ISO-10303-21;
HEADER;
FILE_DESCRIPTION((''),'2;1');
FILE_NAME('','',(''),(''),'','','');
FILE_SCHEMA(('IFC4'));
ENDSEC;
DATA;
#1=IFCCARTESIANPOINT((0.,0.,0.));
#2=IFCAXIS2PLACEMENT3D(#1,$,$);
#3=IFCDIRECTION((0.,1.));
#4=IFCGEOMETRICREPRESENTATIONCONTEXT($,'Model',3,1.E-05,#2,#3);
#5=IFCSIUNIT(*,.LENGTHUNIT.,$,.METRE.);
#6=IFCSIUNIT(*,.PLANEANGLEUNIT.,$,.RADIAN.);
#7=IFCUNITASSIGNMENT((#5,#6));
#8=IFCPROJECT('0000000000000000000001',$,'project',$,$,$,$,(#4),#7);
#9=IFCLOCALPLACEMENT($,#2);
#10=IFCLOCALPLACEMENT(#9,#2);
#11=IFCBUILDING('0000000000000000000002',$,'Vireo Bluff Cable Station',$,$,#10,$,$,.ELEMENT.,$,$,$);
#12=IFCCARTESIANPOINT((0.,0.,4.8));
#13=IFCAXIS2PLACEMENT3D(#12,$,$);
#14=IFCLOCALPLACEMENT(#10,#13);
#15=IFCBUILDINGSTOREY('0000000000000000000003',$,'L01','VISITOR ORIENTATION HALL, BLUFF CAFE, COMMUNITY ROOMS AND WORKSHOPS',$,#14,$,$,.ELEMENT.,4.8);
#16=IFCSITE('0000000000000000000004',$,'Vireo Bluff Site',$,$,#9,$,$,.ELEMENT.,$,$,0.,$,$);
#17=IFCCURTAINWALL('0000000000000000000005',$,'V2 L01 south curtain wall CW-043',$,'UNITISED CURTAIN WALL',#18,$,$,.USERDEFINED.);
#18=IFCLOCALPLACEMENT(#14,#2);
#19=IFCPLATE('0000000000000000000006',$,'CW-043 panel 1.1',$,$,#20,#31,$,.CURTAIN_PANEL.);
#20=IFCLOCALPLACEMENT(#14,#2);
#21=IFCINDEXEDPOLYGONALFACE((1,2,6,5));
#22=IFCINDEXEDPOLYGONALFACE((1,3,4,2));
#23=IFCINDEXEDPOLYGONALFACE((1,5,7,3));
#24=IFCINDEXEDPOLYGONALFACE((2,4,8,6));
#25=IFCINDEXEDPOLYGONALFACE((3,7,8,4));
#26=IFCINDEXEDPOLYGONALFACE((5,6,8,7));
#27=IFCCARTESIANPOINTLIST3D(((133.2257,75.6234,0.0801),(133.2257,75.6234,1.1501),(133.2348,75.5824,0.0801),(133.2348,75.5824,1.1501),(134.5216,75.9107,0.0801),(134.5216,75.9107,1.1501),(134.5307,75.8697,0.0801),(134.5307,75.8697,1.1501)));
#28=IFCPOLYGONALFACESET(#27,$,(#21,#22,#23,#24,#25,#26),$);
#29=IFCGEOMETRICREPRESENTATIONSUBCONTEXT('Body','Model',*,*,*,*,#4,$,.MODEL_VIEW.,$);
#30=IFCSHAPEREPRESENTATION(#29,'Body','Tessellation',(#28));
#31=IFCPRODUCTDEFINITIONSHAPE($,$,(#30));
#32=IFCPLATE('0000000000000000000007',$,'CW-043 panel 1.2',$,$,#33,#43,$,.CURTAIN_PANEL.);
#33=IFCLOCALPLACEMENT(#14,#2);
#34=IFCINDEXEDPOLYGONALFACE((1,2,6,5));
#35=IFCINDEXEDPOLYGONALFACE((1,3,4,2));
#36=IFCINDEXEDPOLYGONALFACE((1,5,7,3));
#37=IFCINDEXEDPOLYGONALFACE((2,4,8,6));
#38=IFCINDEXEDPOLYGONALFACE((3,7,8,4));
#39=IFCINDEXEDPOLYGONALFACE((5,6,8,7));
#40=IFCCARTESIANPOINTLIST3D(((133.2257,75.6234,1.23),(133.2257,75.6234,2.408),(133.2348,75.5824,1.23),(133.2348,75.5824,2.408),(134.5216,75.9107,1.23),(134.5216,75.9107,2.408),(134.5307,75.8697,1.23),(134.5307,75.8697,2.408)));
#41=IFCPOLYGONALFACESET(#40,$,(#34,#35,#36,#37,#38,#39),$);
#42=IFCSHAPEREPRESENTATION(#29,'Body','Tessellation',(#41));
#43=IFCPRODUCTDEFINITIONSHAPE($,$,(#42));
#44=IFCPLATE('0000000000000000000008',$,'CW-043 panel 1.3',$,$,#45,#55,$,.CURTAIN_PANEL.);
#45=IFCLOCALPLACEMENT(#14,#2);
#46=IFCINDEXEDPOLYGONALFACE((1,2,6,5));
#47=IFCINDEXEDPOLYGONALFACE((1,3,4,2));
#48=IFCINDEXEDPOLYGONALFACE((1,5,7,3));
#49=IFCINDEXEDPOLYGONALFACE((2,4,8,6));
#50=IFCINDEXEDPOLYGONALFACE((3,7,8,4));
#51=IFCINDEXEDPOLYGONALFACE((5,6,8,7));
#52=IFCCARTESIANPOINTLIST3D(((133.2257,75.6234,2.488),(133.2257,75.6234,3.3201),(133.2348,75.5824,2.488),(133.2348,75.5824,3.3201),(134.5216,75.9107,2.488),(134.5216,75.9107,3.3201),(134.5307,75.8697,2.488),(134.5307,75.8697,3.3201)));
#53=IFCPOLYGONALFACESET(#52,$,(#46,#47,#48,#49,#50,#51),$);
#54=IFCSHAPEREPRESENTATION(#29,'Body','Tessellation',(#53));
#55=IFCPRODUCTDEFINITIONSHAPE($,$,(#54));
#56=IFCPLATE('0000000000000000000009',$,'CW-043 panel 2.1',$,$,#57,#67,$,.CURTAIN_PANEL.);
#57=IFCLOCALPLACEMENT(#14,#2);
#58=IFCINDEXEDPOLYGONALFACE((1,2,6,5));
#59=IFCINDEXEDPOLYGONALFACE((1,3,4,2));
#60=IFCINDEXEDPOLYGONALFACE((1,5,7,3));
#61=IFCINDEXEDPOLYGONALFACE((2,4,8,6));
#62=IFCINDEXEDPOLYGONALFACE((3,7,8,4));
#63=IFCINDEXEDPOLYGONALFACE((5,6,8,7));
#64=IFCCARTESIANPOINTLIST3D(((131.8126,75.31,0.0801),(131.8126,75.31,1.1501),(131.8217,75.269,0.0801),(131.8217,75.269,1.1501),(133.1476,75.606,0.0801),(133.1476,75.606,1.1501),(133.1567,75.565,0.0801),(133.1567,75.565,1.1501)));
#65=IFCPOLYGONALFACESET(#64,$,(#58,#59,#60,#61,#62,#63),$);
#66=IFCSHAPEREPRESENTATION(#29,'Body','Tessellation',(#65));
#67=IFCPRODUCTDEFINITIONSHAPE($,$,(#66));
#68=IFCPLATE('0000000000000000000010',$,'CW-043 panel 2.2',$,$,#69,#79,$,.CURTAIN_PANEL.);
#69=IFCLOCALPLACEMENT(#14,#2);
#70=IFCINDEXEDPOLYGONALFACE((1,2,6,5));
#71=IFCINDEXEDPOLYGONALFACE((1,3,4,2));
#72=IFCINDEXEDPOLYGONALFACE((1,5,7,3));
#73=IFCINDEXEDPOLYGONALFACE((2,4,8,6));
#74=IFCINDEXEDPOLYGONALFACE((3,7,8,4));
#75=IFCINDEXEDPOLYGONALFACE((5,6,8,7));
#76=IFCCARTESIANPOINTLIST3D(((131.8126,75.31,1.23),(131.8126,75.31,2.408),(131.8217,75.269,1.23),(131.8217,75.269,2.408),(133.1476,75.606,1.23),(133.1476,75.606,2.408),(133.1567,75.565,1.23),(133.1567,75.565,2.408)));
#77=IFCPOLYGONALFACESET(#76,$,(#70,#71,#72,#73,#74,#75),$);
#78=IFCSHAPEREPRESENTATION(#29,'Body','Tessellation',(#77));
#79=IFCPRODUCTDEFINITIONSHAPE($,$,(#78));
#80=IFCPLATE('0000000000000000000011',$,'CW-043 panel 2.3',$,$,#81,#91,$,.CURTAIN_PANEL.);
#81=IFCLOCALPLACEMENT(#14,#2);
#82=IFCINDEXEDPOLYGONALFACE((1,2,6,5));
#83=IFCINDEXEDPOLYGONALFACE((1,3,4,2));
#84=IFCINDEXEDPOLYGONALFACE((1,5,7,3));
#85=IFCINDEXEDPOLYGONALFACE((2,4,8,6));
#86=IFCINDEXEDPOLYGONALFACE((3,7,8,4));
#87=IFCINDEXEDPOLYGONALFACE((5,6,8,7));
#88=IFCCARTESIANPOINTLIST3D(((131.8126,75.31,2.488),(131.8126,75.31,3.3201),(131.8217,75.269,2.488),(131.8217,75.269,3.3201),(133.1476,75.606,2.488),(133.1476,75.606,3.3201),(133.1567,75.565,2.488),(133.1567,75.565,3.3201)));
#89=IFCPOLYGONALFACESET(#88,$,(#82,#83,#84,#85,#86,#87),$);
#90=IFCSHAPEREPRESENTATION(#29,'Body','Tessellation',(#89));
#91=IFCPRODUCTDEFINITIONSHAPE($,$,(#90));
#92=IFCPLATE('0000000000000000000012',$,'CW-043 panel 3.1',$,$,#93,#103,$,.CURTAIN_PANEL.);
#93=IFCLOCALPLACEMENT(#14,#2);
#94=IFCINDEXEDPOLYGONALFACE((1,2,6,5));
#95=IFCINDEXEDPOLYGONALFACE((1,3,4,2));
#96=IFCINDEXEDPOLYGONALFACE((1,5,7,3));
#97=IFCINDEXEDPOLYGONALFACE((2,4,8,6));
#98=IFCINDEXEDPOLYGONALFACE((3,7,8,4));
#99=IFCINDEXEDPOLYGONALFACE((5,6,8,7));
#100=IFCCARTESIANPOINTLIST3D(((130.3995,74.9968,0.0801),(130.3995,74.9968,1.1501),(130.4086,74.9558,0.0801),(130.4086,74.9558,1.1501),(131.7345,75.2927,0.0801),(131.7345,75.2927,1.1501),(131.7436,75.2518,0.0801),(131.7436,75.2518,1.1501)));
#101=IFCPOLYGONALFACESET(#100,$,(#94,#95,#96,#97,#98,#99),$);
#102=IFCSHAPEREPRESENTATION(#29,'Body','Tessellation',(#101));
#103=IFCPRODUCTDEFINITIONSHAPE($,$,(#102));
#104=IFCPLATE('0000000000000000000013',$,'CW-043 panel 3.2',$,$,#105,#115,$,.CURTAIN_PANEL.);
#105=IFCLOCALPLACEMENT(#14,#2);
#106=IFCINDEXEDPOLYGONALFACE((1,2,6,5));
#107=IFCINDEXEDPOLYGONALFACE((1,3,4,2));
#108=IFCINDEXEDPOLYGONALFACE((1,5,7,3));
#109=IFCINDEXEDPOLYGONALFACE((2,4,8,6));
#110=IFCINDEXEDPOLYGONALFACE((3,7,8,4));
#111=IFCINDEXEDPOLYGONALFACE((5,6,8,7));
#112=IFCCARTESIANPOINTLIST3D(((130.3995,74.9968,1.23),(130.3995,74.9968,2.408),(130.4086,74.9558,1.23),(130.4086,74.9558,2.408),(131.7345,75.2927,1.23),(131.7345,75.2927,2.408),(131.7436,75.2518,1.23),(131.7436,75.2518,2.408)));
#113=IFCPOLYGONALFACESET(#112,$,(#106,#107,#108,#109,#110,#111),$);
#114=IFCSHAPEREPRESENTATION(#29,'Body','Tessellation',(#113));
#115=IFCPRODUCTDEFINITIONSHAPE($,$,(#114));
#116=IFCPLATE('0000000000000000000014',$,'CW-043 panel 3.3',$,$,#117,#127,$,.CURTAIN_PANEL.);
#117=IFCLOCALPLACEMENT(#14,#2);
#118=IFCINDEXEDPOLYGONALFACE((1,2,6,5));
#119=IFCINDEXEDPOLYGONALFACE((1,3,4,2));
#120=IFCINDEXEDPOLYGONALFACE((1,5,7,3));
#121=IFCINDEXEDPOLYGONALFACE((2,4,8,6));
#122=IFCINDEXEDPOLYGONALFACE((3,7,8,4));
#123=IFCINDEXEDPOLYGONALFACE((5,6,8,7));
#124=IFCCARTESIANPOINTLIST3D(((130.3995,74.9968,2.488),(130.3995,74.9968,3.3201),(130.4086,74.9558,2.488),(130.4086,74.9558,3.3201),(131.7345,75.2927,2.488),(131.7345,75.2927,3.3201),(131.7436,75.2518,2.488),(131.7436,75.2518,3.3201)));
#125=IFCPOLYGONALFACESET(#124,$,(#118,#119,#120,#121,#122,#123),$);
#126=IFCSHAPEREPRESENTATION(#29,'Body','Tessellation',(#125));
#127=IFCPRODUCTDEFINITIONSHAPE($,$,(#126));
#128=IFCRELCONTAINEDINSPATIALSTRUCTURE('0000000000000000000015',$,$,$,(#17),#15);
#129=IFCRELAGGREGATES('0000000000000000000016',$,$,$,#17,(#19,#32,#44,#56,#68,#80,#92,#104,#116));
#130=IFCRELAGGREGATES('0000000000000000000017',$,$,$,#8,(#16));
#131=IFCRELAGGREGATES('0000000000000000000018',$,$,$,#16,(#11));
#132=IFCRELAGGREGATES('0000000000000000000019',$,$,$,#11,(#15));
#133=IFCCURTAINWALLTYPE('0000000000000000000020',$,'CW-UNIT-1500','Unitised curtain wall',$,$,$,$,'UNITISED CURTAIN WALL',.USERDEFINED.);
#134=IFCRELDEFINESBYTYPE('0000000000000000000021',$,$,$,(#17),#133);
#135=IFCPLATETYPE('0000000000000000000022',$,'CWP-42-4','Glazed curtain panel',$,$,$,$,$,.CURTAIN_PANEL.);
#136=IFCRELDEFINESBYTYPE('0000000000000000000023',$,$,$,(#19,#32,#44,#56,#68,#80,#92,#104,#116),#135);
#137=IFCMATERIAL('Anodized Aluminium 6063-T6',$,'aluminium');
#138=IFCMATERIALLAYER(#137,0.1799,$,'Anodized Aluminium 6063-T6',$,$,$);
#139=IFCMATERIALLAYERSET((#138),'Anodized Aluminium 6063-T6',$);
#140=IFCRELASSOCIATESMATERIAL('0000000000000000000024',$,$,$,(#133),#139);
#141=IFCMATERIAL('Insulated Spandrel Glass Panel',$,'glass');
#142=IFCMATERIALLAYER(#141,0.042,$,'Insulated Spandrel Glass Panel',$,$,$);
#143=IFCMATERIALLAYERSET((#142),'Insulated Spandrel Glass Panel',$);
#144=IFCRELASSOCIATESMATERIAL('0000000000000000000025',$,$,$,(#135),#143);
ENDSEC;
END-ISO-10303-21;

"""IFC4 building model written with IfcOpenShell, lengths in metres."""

from ifc_helpers import new_model, si_unit, direction, frame, origin, origin_2d, place, context, subcontext, project, spatial, rectangle, extrude, material, layer, layer_set, type_object, element, aggregate, save


model = new_model("IFC4")

# Units and contexts
model_context = context("Model", 3, precision=1e-05, world=origin(), true_north=direction((0.0, 1.0)))
body_context = subcontext(model_context, "Body", "Model", "MODEL_VIEW")
ifc_project = project(units=[si_unit("LENGTHUNIT", "METRE"), si_unit("PLANEANGLEUNIT", "RADIAN")], contexts=[model_context])

# Site, building, storey
site_placement = place(None, origin())
site = spatial("IfcSite", under=ifc_project, at=site_placement, Name="Vireo Bluff Site", CompositionType="ELEMENT", RefElevation=0.0)
building_placement = place(site_placement, origin())
building = spatial("IfcBuilding", under=site, at=building_placement, Name="Vireo Bluff Cable Station", CompositionType="ELEMENT")
storey_placement = place(building_placement, frame((0.0, 0.0, 4.8)))
storey = spatial("IfcBuildingStorey", under=building, at=storey_placement, Name="L01", Description="VISITOR ORIENTATION HALL, BLUFF CAFE, COMMUNITY ROOMS AND WORKSHOPS", CompositionType="ELEMENT", Elevation=4.8)

# Curtain wall, plates
ifc_material_1 = material(Name="Anodized Aluminium 6063-T6", Category="aluminium")
ifc_layer_1 = layer(ifc_material_1, 0.1799, Name="Anodized Aluminium 6063-T6")
ifc_layer_set_1 = layer_set([ifc_layer_1], Name="Anodized Aluminium 6063-T6")
curtain_wall_type = type_object("IfcCurtainWallType", Name="CW-UNIT-1500", Description="Unitised curtain wall", ElementType="UNITISED CURTAIN WALL", PredefinedType="USERDEFINED", material=ifc_layer_set_1)
curtain_wall_placement = place(storey_placement, origin())
curtain_wall = element("IfcCurtainWall", 1, at=curtain_wall_placement, inside=storey, type_object=curtain_wall_type, Name="V2 L01 south curtain wall CW-043", ObjectType="UNITISED CURTAIN WALL", PredefinedType="USERDEFINED")
ifc_material_2 = material(Name="Insulated Spandrel Glass Panel", Category="glass")
ifc_layer_2 = layer(ifc_material_2, 0.042, Name="Insulated Spandrel Glass Panel")
ifc_layer_set_2 = layer_set([ifc_layer_2], Name="Insulated Spandrel Glass Panel")
plate_type = type_object("IfcPlateType", Name="CWP-42-4", Description="Glazed curtain panel", PredefinedType="CURTAIN_PANEL", material=ifc_layer_set_2)
plate_1_placement = place(storey_placement, frame((133.8782, 75.7466, 0.0801), z_axis=(0.0, 0.0, 1.0), x_axis=(-0.976296, -0.21644, 0.0)))
plate_1 = element("IfcPlate", 2, at=plate_1_placement, type_object=plate_type, Name="CW-043 panel 1.1", PredefinedType="CURTAIN_PANEL", context=body_context, shape_type="SweptSolid", body=[
    extrude(rectangle(XDim=1.3274, YDim=0.042, at=origin_2d()), origin(), (0.0, 0.0, 1.0), 1.0701),
])
plate_2_placement = place(storey_placement, frame((133.8782, 75.7466, 1.23), z_axis=(0.0, 0.0, 1.0), x_axis=(-0.976296, -0.21644, 0.0)))
plate_2 = element("IfcPlate", 3, at=plate_2_placement, type_object=plate_type, Name="CW-043 panel 1.2", PredefinedType="CURTAIN_PANEL", context=body_context, shape_type="SweptSolid", body=[
    extrude(rectangle(XDim=1.3274, YDim=0.042, at=origin_2d()), origin(), (0.0, 0.0, 1.0), 1.178),
])
plate_3_placement = place(storey_placement, frame((133.8782, 75.7466, 2.488), z_axis=(0.0, 0.0, 1.0), x_axis=(-0.976296, -0.21644, 0.0)))
plate_3 = element("IfcPlate", 4, at=plate_3_placement, type_object=plate_type, Name="CW-043 panel 1.3", PredefinedType="CURTAIN_PANEL", context=body_context, shape_type="SweptSolid", body=[
    extrude(rectangle(XDim=1.3274, YDim=0.042, at=origin_2d()), origin(), (0.0, 0.0, 1.0), 0.832),
])
plate_4_placement = place(storey_placement, frame((132.4846, 75.4375, 0.0801), z_axis=(0.0, 0.0, 1.0), x_axis=(-0.976296, -0.21644, 0.0)))
plate_4 = element("IfcPlate", 5, at=plate_4_placement, type_object=plate_type, Name="CW-043 panel 2.1", PredefinedType="CURTAIN_PANEL", context=body_context, shape_type="SweptSolid", body=[
    extrude(rectangle(XDim=1.3674, YDim=0.042, at=origin_2d()), origin(), (0.0, 0.0, 1.0), 1.0701),
])
plate_5_placement = place(storey_placement, frame((132.4846, 75.4375, 1.23), z_axis=(0.0, 0.0, 1.0), x_axis=(-0.976296, -0.21644, 0.0)))
plate_5 = element("IfcPlate", 6, at=plate_5_placement, type_object=plate_type, Name="CW-043 panel 2.2", PredefinedType="CURTAIN_PANEL", context=body_context, shape_type="SweptSolid", body=[
    extrude(rectangle(XDim=1.3674, YDim=0.042, at=origin_2d()), origin(), (0.0, 0.0, 1.0), 1.178),
])
plate_6_placement = place(storey_placement, frame((132.4846, 75.4375, 2.488), z_axis=(0.0, 0.0, 1.0), x_axis=(-0.976296, -0.21644, 0.0)))
plate_6 = element("IfcPlate", 7, at=plate_6_placement, type_object=plate_type, Name="CW-043 panel 2.3", PredefinedType="CURTAIN_PANEL", context=body_context, shape_type="SweptSolid", body=[
    extrude(rectangle(XDim=1.3674, YDim=0.042, at=origin_2d()), origin(), (0.0, 0.0, 1.0), 0.832),
])
plate_7_placement = place(storey_placement, frame((131.0715, 75.1243, 0.0801), z_axis=(0.0, 0.0, 1.0), x_axis=(-0.976296, -0.21644, 0.0)))
plate_7 = element("IfcPlate", 8, at=plate_7_placement, type_object=plate_type, Name="CW-043 panel 3.1", PredefinedType="CURTAIN_PANEL", context=body_context, shape_type="SweptSolid", body=[
    extrude(rectangle(XDim=1.3674, YDim=0.042, at=origin_2d()), origin(), (0.0, 0.0, 1.0), 1.0701),
])
plate_8_placement = place(storey_placement, frame((131.0715, 75.1243, 1.23), z_axis=(0.0, 0.0, 1.0), x_axis=(-0.976296, -0.21644, 0.0)))
plate_8 = element("IfcPlate", 9, at=plate_8_placement, type_object=plate_type, Name="CW-043 panel 3.2", PredefinedType="CURTAIN_PANEL", context=body_context, shape_type="SweptSolid", body=[
    extrude(rectangle(XDim=1.3674, YDim=0.042, at=origin_2d()), origin(), (0.0, 0.0, 1.0), 1.178),
])
plate_9_placement = place(storey_placement, frame((131.0715, 75.1243, 2.488), z_axis=(0.0, 0.0, 1.0), x_axis=(-0.976296, -0.21644, 0.0)))
plate_9 = element("IfcPlate", 10, at=plate_9_placement, type_object=plate_type, Name="CW-043 panel 3.3", PredefinedType="CURTAIN_PANEL", context=body_context, shape_type="SweptSolid", body=[
    extrude(rectangle(XDim=1.3674, YDim=0.042, at=origin_2d()), origin(), (0.0, 0.0, 1.0), 0.832),
])
aggregate(curtain_wall, [plate_1, plate_2, plate_3, plate_4, plate_5, plate_6, plate_7, plate_8, plate_9])

save(model, "model.ifc")
